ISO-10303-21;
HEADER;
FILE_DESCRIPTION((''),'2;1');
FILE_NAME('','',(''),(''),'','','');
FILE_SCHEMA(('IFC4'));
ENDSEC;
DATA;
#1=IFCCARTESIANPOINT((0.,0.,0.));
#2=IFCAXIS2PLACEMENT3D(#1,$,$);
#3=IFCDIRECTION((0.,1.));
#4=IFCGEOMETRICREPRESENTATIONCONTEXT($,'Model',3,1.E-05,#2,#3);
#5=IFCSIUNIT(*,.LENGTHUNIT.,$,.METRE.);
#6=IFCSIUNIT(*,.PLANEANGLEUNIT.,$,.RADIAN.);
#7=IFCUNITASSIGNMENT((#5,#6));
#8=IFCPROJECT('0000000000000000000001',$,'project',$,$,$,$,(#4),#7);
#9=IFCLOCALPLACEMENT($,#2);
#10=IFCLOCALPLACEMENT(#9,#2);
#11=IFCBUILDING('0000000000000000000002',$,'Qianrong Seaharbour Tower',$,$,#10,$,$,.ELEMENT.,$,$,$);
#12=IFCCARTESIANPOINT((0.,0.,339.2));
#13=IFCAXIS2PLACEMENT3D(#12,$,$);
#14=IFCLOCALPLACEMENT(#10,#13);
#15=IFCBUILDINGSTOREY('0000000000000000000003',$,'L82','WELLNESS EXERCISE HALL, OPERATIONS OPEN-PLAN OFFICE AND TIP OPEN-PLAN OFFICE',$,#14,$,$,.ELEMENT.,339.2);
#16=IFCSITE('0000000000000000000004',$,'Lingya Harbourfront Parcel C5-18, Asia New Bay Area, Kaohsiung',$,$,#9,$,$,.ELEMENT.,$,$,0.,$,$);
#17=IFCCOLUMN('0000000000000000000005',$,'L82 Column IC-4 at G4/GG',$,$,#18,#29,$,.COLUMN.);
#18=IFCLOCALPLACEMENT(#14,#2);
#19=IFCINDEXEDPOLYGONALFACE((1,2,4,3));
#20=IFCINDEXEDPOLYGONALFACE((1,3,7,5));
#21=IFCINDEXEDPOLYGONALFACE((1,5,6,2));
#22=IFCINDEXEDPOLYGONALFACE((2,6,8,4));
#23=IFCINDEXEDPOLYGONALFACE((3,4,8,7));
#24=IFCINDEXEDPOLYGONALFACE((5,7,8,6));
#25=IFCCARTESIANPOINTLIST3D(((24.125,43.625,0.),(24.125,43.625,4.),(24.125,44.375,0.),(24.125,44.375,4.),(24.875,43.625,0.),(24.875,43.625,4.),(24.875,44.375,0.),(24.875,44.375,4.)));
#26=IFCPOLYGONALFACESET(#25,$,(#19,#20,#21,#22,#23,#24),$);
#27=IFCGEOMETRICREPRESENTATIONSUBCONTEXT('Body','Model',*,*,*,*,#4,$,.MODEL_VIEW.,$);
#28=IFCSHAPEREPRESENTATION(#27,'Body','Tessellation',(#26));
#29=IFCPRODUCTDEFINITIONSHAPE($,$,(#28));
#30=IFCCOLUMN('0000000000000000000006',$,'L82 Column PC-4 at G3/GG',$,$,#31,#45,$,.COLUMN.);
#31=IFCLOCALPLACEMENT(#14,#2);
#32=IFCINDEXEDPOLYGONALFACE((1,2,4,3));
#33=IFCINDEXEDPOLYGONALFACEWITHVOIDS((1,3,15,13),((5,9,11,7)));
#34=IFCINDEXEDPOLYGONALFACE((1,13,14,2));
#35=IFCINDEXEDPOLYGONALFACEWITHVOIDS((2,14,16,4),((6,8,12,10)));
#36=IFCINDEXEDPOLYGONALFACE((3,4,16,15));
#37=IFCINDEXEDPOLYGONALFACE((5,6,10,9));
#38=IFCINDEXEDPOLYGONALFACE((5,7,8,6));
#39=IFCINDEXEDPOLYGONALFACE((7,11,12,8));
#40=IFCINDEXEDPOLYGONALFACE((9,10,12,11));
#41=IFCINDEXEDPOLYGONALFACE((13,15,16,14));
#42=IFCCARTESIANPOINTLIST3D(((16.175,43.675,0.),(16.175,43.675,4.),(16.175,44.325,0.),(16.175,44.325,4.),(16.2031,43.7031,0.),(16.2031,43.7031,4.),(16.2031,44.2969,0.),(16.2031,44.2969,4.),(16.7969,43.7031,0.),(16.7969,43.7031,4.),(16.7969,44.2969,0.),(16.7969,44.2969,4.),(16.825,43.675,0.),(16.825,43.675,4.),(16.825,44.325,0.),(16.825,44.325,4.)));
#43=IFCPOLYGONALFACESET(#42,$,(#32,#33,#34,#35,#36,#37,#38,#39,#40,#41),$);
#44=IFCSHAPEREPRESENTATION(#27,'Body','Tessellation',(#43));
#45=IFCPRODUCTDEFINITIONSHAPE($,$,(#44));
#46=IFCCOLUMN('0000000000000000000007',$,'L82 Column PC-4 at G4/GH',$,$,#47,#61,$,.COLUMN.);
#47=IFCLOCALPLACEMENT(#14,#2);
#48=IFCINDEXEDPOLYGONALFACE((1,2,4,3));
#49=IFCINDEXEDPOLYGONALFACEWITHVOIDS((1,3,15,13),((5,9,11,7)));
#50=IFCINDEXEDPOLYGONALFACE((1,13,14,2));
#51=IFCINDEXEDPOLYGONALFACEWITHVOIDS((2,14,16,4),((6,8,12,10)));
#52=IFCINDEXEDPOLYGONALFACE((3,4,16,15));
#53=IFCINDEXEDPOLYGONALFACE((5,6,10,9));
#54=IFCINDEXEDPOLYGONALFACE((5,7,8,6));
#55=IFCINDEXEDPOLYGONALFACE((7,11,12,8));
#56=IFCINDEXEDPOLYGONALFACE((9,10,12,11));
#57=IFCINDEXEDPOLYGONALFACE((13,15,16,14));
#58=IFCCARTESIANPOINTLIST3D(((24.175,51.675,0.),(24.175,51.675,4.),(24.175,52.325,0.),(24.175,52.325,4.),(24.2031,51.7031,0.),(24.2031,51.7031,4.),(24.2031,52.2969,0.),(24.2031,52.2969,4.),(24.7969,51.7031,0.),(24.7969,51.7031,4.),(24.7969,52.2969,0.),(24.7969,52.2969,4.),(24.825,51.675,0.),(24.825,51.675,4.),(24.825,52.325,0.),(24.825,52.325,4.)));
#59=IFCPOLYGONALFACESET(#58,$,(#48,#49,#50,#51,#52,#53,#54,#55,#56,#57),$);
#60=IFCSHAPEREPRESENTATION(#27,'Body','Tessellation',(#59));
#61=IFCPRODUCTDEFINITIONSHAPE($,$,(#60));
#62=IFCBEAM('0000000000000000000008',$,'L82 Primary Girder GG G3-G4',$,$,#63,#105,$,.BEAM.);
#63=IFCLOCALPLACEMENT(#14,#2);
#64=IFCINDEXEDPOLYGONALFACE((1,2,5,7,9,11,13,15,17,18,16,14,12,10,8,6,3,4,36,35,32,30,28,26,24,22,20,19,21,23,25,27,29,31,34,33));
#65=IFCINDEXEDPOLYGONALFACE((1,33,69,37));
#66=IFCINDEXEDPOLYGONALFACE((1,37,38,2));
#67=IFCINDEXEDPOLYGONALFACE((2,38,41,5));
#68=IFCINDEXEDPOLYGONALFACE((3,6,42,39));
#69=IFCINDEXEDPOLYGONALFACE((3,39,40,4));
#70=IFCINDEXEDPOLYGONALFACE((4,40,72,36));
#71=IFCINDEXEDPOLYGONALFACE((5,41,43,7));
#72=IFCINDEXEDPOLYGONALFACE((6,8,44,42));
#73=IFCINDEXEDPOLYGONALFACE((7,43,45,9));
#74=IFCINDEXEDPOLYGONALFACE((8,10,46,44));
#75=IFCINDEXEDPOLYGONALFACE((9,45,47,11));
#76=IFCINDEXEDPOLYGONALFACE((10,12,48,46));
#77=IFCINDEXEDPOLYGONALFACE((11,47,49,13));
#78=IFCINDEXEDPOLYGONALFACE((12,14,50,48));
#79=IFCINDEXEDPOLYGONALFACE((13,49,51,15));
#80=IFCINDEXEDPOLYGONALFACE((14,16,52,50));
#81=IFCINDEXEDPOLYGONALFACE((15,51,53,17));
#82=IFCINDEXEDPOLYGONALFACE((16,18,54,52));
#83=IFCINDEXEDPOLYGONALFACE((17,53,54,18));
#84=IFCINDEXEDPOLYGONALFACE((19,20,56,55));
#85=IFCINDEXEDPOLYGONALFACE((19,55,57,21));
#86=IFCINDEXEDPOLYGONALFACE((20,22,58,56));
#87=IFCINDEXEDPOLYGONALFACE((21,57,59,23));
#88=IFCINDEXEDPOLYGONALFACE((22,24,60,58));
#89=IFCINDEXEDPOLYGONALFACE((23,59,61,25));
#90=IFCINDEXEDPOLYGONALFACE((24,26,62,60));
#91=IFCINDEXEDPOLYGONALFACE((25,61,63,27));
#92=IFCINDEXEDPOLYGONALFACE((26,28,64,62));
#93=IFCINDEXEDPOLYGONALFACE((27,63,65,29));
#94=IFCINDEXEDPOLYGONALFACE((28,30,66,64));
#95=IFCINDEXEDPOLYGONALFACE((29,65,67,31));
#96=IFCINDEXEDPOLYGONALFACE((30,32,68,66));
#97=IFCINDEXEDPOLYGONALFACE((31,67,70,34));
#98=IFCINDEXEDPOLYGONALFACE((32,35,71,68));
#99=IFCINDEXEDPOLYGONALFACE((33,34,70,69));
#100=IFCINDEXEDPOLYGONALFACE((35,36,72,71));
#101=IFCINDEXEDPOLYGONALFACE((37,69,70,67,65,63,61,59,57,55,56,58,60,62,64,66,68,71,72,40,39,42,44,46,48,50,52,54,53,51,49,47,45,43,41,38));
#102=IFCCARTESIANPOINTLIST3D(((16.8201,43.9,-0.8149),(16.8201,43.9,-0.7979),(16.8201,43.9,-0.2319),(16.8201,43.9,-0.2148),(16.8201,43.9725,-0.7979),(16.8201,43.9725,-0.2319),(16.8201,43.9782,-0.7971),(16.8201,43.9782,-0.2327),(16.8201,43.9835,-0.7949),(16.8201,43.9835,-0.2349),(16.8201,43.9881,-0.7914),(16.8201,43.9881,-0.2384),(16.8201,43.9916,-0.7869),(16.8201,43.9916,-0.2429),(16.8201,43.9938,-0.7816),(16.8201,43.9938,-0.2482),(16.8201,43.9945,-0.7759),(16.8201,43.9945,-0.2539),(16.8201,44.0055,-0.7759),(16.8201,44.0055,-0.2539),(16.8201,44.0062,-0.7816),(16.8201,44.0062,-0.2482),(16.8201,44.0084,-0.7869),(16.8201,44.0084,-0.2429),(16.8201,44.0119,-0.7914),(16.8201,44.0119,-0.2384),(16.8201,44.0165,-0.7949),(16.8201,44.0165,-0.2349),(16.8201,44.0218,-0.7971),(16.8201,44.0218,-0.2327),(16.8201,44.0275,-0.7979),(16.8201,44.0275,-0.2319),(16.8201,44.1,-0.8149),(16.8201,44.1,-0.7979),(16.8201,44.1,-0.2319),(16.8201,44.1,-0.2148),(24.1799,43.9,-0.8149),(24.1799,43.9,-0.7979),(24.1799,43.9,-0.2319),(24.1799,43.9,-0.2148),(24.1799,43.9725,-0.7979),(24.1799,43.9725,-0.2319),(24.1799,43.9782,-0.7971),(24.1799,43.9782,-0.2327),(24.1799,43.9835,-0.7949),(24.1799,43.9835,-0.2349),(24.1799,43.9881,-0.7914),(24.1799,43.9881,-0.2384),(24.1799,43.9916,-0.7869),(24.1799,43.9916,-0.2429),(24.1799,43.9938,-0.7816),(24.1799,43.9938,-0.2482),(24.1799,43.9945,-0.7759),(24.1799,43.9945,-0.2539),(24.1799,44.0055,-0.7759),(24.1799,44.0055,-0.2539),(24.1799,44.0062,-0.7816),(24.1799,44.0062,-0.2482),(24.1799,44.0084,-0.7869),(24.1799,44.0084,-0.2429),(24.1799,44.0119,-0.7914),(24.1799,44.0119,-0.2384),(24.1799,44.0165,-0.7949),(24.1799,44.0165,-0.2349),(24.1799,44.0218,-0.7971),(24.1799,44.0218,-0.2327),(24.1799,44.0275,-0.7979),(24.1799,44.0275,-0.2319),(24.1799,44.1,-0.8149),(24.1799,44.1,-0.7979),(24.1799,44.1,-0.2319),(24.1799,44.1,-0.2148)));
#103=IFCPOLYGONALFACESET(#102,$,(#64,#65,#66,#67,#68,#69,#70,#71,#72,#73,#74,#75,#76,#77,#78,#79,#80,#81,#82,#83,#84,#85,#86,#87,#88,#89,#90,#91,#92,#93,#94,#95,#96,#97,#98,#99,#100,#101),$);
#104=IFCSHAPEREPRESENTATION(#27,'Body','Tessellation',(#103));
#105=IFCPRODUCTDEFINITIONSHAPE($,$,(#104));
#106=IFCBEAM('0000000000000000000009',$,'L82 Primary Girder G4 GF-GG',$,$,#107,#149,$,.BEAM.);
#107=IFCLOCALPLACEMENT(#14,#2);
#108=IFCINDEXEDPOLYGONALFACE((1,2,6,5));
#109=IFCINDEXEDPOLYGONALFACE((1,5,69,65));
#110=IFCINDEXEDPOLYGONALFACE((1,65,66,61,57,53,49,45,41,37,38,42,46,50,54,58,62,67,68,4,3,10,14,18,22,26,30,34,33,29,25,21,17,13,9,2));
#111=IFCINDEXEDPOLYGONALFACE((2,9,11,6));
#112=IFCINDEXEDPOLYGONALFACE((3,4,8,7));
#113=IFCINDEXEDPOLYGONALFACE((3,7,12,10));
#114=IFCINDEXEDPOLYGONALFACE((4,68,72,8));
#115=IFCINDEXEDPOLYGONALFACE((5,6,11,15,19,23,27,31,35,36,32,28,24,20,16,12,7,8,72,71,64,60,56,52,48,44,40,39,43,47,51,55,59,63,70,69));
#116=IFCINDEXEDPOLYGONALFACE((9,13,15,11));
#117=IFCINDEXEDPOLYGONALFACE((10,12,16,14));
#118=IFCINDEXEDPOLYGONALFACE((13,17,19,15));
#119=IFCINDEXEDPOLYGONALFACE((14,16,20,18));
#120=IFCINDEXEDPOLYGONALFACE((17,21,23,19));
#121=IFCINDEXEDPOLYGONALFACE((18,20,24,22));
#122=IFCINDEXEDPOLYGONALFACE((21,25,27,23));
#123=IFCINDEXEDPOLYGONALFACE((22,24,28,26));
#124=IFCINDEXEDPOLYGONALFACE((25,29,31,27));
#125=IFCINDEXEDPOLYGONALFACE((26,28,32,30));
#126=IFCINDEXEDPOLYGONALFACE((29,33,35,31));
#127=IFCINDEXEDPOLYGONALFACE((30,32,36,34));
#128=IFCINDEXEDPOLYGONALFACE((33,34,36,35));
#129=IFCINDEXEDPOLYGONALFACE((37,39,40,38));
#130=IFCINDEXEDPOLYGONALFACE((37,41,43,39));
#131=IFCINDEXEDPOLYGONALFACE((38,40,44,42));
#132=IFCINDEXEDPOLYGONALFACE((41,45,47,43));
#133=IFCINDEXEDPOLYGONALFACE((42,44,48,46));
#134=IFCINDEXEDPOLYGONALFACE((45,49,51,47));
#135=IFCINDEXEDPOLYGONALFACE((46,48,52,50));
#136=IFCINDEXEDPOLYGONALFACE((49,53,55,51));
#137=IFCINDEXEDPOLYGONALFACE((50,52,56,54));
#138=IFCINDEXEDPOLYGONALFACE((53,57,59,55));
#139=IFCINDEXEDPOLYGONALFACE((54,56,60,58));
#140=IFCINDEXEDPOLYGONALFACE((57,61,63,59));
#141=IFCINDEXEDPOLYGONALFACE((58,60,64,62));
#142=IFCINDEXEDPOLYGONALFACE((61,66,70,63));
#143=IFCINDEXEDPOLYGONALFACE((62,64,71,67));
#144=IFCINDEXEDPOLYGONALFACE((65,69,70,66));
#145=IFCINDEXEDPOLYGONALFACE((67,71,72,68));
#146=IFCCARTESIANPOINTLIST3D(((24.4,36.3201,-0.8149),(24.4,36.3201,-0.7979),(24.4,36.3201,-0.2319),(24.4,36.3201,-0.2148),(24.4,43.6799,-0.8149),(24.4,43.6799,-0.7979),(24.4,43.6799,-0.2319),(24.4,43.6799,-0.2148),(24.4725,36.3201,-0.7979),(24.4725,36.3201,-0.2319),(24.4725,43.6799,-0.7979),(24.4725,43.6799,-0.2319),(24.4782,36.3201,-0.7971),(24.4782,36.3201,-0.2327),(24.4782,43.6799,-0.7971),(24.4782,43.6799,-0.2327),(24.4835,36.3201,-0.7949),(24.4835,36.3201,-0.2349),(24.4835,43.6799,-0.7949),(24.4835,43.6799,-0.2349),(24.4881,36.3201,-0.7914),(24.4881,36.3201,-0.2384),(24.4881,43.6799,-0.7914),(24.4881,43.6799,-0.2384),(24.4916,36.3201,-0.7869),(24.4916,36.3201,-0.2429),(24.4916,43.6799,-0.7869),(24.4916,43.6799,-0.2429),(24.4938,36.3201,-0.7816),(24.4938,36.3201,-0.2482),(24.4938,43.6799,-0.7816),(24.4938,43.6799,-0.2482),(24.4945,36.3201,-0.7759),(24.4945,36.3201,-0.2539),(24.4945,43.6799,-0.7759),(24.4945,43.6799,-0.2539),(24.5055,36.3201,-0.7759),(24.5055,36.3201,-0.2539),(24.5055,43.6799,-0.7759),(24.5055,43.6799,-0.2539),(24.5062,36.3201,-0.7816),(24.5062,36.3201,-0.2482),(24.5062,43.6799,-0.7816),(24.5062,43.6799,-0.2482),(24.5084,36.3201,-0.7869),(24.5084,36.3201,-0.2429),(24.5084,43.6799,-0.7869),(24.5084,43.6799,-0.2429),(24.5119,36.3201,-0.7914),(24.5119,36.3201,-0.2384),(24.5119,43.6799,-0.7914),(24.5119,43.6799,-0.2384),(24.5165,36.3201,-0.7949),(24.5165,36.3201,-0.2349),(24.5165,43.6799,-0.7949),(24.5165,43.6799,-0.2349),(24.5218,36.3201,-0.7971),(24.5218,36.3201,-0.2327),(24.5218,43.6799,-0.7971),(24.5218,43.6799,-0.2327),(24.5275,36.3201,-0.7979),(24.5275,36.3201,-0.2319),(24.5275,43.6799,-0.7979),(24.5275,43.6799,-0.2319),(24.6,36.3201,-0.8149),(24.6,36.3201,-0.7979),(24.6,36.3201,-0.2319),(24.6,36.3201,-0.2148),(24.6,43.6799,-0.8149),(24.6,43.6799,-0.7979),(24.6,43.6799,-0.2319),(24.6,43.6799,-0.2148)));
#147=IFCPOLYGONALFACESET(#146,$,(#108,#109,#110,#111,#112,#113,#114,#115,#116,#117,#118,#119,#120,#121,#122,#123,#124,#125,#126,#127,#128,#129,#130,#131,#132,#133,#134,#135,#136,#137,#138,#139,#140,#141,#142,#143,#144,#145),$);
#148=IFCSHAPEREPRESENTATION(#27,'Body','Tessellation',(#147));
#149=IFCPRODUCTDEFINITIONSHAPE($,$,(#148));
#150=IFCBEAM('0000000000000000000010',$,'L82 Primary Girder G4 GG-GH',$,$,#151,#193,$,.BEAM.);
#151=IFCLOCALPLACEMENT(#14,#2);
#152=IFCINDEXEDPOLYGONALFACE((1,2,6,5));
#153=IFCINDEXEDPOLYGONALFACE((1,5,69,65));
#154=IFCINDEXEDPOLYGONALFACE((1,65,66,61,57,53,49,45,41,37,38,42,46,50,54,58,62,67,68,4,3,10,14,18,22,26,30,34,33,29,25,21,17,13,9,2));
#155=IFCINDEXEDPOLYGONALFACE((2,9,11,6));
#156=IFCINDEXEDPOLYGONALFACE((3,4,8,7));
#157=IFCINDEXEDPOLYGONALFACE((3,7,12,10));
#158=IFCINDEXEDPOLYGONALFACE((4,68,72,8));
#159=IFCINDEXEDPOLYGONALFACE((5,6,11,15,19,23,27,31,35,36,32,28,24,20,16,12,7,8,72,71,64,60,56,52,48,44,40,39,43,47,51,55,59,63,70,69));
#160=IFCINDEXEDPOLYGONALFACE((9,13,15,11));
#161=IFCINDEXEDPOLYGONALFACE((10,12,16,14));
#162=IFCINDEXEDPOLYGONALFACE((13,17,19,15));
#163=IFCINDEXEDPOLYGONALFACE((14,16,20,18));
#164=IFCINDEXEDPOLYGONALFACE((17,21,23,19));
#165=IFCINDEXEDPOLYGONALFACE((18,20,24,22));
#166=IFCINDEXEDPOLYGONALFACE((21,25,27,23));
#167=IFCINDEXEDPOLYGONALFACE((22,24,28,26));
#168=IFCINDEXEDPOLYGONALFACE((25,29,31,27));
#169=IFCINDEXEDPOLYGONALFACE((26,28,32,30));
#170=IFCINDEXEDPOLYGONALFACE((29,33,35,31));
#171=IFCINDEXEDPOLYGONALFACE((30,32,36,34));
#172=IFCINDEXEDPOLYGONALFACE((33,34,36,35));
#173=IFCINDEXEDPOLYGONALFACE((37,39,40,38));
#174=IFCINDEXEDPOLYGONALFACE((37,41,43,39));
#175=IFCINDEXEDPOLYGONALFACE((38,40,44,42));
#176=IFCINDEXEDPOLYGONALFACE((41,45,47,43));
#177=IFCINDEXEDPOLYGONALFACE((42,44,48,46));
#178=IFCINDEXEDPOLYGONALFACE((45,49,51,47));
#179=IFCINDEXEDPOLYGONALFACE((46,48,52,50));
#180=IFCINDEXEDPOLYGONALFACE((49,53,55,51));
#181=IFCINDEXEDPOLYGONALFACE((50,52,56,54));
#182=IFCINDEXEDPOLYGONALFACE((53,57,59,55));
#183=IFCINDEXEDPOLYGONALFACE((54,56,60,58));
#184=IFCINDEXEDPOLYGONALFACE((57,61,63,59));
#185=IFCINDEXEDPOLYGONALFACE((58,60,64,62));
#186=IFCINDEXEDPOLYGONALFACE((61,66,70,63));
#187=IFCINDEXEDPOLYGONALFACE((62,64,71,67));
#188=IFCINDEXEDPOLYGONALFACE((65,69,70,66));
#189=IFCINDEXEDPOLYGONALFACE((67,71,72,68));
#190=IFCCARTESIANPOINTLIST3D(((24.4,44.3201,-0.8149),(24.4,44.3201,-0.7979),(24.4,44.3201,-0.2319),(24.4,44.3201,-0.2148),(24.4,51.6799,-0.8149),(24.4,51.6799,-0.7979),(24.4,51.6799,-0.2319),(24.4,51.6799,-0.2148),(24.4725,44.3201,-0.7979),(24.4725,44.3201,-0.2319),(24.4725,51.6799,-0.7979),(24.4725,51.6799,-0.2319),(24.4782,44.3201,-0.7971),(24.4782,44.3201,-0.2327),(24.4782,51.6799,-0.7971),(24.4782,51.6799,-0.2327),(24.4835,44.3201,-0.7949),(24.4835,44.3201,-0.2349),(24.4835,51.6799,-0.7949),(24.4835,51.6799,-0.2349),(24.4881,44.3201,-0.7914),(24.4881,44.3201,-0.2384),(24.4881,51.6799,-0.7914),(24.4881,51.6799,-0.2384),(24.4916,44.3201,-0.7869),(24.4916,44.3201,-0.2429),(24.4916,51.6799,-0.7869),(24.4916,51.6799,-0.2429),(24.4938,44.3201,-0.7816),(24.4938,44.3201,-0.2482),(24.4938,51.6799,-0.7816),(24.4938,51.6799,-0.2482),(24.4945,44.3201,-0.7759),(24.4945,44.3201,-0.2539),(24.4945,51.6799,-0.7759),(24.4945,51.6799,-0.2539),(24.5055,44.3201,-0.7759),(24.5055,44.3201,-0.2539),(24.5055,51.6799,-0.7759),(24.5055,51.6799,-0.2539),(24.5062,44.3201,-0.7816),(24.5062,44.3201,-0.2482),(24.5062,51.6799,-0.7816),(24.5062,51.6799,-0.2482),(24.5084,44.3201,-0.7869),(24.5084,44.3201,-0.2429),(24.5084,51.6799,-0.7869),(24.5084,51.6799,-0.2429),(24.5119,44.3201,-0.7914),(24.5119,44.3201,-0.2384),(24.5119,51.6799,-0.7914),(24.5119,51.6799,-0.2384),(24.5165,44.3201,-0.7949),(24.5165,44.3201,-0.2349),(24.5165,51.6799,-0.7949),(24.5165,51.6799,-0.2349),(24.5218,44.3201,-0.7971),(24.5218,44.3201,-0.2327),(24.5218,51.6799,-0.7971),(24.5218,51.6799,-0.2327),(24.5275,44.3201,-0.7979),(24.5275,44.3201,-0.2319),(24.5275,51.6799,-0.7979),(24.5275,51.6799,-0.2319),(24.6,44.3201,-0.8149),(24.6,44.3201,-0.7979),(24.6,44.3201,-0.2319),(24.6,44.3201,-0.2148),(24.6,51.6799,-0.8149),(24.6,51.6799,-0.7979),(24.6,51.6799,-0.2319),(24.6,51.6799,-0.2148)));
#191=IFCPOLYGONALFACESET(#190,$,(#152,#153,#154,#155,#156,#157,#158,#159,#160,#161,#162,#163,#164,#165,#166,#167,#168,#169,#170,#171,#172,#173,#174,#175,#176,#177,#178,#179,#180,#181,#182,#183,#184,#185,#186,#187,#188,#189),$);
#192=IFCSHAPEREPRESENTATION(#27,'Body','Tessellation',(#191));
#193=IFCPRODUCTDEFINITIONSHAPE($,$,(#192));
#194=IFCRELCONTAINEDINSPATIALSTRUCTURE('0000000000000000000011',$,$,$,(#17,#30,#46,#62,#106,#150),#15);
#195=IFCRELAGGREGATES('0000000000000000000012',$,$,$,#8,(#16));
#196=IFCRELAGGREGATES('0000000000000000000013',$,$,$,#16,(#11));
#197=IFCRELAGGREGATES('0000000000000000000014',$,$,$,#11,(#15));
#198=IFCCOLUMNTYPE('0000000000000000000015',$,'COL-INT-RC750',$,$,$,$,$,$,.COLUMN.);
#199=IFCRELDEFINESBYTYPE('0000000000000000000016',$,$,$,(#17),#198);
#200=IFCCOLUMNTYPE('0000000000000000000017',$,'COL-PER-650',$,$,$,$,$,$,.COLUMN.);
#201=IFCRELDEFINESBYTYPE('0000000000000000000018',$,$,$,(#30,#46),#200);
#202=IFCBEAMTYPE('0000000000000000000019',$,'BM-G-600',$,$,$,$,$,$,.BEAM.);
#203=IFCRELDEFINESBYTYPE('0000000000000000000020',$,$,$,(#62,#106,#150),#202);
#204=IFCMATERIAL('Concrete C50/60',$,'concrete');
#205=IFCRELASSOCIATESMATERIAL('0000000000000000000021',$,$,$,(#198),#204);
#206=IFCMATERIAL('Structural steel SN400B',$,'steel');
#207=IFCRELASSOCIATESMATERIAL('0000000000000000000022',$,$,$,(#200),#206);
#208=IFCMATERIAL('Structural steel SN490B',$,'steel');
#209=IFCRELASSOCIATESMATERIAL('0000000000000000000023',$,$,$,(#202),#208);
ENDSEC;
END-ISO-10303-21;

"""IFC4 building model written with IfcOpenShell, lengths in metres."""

from ifc_helpers import new_model, si_unit, direction, frame, origin, origin_2d, place, context, subcontext, project, spatial, rectangle, hollow_rectangle, i_section, extrude, material, material_profile, profile_set, type_object, element, save


model = new_model("IFC4")

# Units and contexts
model_context = context("Model", 3, precision=1e-05, world=origin(), true_north=direction((0.0, 1.0)))
body_context = subcontext(model_context, "Body", "Model", "MODEL_VIEW")
ifc_project = project(units=[si_unit("LENGTHUNIT", "METRE"), si_unit("PLANEANGLEUNIT", "RADIAN")], contexts=[model_context])

# Site, building, storey
site_placement = place(None, origin())
site = spatial("IfcSite", under=ifc_project, at=site_placement, Name="Lingya Harbourfront Parcel C5-18, Asia New Bay Area, Kaohsiung", CompositionType="ELEMENT", RefElevation=0.0)
building_placement = place(site_placement, origin())
building = spatial("IfcBuilding", under=site, at=building_placement, Name="Qianrong Seaharbour Tower", CompositionType="ELEMENT")
storey_placement = place(building_placement, frame((0.0, 0.0, 339.2)))
storey = spatial("IfcBuildingStorey", under=building, at=storey_placement, Name="L82", Description="WELLNESS EXERCISE HALL, OPERATIONS OPEN-PLAN OFFICE AND TIP OPEN-PLAN OFFICE", CompositionType="ELEMENT", Elevation=339.2)

# Columns
ifc_material_1 = material(Name="Concrete C50/60", Category="concrete")
ifc_material_profile_1 = material_profile(ifc_material_1, rectangle(XDim=0.75, YDim=0.75, at=origin_2d()), Name="RC750x750")
ifc_profile_set_1 = profile_set([ifc_material_profile_1], Name="Concrete C50/60")
column_type_1 = type_object("IfcColumnType", Name="COL-INT-RC750", PredefinedType="COLUMN", material=ifc_profile_set_1)
column_placement = place(storey_placement, frame((24.5, 44.0, 0.0), z_axis=(0.0, 0.0, 1.0), x_axis=(1.0, 0.0, 0.0)))
element("IfcColumn", 1, at=column_placement, inside=storey, type_object=column_type_1, Name="L82 Column IC-4 at G4/GG", PredefinedType="COLUMN", context=body_context, shape_type="SweptSolid", body=[
    extrude(rectangle(XDim=0.75, YDim=0.75, at=origin_2d()), origin(), (0.0, 0.0, 1.0), 4.0),
])
ifc_material_2 = material(Name="Structural steel SN400B", Category="steel")
ifc_material_profile_2 = material_profile(ifc_material_2, hollow_rectangle(XDim=0.6499, YDim=0.6499, WallThickness=0.0281, at=origin_2d()), Name="BOX650x650x28")
ifc_profile_set_2 = profile_set([ifc_material_profile_2], Name="Structural steel SN400B")
column_type_2 = type_object("IfcColumnType", Name="COL-PER-650", PredefinedType="COLUMN", material=ifc_profile_set_2)
for number, where, z_axis, x_axis, name in (
    (2, (16.5, 44.0, 0.0), (0.0, 0.0, 1.0), (1.0, 0.0, 0.0), "L82 Column PC-4 at G3/GG"),
    (3, (24.5, 52.0, 0.0), (0.0, 0.0, 1.0), (1.0, 0.0, 0.0), "L82 Column PC-4 at G4/GH"),
):
    element("IfcColumn", number, at=place(storey_placement, frame(where, z_axis=z_axis, x_axis=x_axis)), inside=storey, type_object=column_type_2, Name=name, PredefinedType="COLUMN", context=body_context, shape_type="SweptSolid", body=[
        extrude(hollow_rectangle(XDim=0.6499, YDim=0.6499, WallThickness=0.0281, at=origin_2d()), origin(), (0.0, 0.0, 1.0), 4.0),
    ])

# Beams
ifc_material_3 = material(Name="Structural steel SN490B", Category="steel")
ifc_material_profile_3 = material_profile(ifc_material_3, i_section(OverallWidth=0.2, OverallDepth=0.6001, WebThickness=0.011, FlangeThickness=0.0171, FilletRadius=0.022, at=origin_2d()), Name="H600x200x11x17")
ifc_profile_set_3 = profile_set([ifc_material_profile_3], Name="Structural steel SN490B")
beam_type_1 = type_object("IfcBeamType", Name="BM-G-600", PredefinedType="BEAM", material=ifc_profile_set_3)
for number, where, z_axis, x_axis, name in (
    (4, (16.8201, 44.0, -0.5149), (1.0, 0.0, 0.0), (0.0, 1.0, 0.0), "L82 Primary Girder GG G3-G4"),
    (5, (24.5, 36.3201, -0.5149), (0.0, 1.0, 0.0), (-1.0, 0.0, 0.0), "L82 Primary Girder G4 GF-GG"),
    (6, (24.5, 44.3201, -0.5149), (0.0, 1.0, 0.0), (-1.0, 0.0, 0.0), "L82 Primary Girder G4 GG-GH"),
):
    element("IfcBeam", number, at=place(storey_placement, frame(where, z_axis=z_axis, x_axis=x_axis)), inside=storey, type_object=beam_type_1, Name=name, PredefinedType="BEAM", context=body_context, shape_type="SweptSolid", body=[
        extrude(i_section(OverallWidth=0.2, OverallDepth=0.6001, WebThickness=0.011, FlangeThickness=0.0171, FilletRadius=0.022, at=origin_2d()), origin(), (0.0, 0.0, 1.0), 7.3599),
    ])

save(model, "model.ifc")
